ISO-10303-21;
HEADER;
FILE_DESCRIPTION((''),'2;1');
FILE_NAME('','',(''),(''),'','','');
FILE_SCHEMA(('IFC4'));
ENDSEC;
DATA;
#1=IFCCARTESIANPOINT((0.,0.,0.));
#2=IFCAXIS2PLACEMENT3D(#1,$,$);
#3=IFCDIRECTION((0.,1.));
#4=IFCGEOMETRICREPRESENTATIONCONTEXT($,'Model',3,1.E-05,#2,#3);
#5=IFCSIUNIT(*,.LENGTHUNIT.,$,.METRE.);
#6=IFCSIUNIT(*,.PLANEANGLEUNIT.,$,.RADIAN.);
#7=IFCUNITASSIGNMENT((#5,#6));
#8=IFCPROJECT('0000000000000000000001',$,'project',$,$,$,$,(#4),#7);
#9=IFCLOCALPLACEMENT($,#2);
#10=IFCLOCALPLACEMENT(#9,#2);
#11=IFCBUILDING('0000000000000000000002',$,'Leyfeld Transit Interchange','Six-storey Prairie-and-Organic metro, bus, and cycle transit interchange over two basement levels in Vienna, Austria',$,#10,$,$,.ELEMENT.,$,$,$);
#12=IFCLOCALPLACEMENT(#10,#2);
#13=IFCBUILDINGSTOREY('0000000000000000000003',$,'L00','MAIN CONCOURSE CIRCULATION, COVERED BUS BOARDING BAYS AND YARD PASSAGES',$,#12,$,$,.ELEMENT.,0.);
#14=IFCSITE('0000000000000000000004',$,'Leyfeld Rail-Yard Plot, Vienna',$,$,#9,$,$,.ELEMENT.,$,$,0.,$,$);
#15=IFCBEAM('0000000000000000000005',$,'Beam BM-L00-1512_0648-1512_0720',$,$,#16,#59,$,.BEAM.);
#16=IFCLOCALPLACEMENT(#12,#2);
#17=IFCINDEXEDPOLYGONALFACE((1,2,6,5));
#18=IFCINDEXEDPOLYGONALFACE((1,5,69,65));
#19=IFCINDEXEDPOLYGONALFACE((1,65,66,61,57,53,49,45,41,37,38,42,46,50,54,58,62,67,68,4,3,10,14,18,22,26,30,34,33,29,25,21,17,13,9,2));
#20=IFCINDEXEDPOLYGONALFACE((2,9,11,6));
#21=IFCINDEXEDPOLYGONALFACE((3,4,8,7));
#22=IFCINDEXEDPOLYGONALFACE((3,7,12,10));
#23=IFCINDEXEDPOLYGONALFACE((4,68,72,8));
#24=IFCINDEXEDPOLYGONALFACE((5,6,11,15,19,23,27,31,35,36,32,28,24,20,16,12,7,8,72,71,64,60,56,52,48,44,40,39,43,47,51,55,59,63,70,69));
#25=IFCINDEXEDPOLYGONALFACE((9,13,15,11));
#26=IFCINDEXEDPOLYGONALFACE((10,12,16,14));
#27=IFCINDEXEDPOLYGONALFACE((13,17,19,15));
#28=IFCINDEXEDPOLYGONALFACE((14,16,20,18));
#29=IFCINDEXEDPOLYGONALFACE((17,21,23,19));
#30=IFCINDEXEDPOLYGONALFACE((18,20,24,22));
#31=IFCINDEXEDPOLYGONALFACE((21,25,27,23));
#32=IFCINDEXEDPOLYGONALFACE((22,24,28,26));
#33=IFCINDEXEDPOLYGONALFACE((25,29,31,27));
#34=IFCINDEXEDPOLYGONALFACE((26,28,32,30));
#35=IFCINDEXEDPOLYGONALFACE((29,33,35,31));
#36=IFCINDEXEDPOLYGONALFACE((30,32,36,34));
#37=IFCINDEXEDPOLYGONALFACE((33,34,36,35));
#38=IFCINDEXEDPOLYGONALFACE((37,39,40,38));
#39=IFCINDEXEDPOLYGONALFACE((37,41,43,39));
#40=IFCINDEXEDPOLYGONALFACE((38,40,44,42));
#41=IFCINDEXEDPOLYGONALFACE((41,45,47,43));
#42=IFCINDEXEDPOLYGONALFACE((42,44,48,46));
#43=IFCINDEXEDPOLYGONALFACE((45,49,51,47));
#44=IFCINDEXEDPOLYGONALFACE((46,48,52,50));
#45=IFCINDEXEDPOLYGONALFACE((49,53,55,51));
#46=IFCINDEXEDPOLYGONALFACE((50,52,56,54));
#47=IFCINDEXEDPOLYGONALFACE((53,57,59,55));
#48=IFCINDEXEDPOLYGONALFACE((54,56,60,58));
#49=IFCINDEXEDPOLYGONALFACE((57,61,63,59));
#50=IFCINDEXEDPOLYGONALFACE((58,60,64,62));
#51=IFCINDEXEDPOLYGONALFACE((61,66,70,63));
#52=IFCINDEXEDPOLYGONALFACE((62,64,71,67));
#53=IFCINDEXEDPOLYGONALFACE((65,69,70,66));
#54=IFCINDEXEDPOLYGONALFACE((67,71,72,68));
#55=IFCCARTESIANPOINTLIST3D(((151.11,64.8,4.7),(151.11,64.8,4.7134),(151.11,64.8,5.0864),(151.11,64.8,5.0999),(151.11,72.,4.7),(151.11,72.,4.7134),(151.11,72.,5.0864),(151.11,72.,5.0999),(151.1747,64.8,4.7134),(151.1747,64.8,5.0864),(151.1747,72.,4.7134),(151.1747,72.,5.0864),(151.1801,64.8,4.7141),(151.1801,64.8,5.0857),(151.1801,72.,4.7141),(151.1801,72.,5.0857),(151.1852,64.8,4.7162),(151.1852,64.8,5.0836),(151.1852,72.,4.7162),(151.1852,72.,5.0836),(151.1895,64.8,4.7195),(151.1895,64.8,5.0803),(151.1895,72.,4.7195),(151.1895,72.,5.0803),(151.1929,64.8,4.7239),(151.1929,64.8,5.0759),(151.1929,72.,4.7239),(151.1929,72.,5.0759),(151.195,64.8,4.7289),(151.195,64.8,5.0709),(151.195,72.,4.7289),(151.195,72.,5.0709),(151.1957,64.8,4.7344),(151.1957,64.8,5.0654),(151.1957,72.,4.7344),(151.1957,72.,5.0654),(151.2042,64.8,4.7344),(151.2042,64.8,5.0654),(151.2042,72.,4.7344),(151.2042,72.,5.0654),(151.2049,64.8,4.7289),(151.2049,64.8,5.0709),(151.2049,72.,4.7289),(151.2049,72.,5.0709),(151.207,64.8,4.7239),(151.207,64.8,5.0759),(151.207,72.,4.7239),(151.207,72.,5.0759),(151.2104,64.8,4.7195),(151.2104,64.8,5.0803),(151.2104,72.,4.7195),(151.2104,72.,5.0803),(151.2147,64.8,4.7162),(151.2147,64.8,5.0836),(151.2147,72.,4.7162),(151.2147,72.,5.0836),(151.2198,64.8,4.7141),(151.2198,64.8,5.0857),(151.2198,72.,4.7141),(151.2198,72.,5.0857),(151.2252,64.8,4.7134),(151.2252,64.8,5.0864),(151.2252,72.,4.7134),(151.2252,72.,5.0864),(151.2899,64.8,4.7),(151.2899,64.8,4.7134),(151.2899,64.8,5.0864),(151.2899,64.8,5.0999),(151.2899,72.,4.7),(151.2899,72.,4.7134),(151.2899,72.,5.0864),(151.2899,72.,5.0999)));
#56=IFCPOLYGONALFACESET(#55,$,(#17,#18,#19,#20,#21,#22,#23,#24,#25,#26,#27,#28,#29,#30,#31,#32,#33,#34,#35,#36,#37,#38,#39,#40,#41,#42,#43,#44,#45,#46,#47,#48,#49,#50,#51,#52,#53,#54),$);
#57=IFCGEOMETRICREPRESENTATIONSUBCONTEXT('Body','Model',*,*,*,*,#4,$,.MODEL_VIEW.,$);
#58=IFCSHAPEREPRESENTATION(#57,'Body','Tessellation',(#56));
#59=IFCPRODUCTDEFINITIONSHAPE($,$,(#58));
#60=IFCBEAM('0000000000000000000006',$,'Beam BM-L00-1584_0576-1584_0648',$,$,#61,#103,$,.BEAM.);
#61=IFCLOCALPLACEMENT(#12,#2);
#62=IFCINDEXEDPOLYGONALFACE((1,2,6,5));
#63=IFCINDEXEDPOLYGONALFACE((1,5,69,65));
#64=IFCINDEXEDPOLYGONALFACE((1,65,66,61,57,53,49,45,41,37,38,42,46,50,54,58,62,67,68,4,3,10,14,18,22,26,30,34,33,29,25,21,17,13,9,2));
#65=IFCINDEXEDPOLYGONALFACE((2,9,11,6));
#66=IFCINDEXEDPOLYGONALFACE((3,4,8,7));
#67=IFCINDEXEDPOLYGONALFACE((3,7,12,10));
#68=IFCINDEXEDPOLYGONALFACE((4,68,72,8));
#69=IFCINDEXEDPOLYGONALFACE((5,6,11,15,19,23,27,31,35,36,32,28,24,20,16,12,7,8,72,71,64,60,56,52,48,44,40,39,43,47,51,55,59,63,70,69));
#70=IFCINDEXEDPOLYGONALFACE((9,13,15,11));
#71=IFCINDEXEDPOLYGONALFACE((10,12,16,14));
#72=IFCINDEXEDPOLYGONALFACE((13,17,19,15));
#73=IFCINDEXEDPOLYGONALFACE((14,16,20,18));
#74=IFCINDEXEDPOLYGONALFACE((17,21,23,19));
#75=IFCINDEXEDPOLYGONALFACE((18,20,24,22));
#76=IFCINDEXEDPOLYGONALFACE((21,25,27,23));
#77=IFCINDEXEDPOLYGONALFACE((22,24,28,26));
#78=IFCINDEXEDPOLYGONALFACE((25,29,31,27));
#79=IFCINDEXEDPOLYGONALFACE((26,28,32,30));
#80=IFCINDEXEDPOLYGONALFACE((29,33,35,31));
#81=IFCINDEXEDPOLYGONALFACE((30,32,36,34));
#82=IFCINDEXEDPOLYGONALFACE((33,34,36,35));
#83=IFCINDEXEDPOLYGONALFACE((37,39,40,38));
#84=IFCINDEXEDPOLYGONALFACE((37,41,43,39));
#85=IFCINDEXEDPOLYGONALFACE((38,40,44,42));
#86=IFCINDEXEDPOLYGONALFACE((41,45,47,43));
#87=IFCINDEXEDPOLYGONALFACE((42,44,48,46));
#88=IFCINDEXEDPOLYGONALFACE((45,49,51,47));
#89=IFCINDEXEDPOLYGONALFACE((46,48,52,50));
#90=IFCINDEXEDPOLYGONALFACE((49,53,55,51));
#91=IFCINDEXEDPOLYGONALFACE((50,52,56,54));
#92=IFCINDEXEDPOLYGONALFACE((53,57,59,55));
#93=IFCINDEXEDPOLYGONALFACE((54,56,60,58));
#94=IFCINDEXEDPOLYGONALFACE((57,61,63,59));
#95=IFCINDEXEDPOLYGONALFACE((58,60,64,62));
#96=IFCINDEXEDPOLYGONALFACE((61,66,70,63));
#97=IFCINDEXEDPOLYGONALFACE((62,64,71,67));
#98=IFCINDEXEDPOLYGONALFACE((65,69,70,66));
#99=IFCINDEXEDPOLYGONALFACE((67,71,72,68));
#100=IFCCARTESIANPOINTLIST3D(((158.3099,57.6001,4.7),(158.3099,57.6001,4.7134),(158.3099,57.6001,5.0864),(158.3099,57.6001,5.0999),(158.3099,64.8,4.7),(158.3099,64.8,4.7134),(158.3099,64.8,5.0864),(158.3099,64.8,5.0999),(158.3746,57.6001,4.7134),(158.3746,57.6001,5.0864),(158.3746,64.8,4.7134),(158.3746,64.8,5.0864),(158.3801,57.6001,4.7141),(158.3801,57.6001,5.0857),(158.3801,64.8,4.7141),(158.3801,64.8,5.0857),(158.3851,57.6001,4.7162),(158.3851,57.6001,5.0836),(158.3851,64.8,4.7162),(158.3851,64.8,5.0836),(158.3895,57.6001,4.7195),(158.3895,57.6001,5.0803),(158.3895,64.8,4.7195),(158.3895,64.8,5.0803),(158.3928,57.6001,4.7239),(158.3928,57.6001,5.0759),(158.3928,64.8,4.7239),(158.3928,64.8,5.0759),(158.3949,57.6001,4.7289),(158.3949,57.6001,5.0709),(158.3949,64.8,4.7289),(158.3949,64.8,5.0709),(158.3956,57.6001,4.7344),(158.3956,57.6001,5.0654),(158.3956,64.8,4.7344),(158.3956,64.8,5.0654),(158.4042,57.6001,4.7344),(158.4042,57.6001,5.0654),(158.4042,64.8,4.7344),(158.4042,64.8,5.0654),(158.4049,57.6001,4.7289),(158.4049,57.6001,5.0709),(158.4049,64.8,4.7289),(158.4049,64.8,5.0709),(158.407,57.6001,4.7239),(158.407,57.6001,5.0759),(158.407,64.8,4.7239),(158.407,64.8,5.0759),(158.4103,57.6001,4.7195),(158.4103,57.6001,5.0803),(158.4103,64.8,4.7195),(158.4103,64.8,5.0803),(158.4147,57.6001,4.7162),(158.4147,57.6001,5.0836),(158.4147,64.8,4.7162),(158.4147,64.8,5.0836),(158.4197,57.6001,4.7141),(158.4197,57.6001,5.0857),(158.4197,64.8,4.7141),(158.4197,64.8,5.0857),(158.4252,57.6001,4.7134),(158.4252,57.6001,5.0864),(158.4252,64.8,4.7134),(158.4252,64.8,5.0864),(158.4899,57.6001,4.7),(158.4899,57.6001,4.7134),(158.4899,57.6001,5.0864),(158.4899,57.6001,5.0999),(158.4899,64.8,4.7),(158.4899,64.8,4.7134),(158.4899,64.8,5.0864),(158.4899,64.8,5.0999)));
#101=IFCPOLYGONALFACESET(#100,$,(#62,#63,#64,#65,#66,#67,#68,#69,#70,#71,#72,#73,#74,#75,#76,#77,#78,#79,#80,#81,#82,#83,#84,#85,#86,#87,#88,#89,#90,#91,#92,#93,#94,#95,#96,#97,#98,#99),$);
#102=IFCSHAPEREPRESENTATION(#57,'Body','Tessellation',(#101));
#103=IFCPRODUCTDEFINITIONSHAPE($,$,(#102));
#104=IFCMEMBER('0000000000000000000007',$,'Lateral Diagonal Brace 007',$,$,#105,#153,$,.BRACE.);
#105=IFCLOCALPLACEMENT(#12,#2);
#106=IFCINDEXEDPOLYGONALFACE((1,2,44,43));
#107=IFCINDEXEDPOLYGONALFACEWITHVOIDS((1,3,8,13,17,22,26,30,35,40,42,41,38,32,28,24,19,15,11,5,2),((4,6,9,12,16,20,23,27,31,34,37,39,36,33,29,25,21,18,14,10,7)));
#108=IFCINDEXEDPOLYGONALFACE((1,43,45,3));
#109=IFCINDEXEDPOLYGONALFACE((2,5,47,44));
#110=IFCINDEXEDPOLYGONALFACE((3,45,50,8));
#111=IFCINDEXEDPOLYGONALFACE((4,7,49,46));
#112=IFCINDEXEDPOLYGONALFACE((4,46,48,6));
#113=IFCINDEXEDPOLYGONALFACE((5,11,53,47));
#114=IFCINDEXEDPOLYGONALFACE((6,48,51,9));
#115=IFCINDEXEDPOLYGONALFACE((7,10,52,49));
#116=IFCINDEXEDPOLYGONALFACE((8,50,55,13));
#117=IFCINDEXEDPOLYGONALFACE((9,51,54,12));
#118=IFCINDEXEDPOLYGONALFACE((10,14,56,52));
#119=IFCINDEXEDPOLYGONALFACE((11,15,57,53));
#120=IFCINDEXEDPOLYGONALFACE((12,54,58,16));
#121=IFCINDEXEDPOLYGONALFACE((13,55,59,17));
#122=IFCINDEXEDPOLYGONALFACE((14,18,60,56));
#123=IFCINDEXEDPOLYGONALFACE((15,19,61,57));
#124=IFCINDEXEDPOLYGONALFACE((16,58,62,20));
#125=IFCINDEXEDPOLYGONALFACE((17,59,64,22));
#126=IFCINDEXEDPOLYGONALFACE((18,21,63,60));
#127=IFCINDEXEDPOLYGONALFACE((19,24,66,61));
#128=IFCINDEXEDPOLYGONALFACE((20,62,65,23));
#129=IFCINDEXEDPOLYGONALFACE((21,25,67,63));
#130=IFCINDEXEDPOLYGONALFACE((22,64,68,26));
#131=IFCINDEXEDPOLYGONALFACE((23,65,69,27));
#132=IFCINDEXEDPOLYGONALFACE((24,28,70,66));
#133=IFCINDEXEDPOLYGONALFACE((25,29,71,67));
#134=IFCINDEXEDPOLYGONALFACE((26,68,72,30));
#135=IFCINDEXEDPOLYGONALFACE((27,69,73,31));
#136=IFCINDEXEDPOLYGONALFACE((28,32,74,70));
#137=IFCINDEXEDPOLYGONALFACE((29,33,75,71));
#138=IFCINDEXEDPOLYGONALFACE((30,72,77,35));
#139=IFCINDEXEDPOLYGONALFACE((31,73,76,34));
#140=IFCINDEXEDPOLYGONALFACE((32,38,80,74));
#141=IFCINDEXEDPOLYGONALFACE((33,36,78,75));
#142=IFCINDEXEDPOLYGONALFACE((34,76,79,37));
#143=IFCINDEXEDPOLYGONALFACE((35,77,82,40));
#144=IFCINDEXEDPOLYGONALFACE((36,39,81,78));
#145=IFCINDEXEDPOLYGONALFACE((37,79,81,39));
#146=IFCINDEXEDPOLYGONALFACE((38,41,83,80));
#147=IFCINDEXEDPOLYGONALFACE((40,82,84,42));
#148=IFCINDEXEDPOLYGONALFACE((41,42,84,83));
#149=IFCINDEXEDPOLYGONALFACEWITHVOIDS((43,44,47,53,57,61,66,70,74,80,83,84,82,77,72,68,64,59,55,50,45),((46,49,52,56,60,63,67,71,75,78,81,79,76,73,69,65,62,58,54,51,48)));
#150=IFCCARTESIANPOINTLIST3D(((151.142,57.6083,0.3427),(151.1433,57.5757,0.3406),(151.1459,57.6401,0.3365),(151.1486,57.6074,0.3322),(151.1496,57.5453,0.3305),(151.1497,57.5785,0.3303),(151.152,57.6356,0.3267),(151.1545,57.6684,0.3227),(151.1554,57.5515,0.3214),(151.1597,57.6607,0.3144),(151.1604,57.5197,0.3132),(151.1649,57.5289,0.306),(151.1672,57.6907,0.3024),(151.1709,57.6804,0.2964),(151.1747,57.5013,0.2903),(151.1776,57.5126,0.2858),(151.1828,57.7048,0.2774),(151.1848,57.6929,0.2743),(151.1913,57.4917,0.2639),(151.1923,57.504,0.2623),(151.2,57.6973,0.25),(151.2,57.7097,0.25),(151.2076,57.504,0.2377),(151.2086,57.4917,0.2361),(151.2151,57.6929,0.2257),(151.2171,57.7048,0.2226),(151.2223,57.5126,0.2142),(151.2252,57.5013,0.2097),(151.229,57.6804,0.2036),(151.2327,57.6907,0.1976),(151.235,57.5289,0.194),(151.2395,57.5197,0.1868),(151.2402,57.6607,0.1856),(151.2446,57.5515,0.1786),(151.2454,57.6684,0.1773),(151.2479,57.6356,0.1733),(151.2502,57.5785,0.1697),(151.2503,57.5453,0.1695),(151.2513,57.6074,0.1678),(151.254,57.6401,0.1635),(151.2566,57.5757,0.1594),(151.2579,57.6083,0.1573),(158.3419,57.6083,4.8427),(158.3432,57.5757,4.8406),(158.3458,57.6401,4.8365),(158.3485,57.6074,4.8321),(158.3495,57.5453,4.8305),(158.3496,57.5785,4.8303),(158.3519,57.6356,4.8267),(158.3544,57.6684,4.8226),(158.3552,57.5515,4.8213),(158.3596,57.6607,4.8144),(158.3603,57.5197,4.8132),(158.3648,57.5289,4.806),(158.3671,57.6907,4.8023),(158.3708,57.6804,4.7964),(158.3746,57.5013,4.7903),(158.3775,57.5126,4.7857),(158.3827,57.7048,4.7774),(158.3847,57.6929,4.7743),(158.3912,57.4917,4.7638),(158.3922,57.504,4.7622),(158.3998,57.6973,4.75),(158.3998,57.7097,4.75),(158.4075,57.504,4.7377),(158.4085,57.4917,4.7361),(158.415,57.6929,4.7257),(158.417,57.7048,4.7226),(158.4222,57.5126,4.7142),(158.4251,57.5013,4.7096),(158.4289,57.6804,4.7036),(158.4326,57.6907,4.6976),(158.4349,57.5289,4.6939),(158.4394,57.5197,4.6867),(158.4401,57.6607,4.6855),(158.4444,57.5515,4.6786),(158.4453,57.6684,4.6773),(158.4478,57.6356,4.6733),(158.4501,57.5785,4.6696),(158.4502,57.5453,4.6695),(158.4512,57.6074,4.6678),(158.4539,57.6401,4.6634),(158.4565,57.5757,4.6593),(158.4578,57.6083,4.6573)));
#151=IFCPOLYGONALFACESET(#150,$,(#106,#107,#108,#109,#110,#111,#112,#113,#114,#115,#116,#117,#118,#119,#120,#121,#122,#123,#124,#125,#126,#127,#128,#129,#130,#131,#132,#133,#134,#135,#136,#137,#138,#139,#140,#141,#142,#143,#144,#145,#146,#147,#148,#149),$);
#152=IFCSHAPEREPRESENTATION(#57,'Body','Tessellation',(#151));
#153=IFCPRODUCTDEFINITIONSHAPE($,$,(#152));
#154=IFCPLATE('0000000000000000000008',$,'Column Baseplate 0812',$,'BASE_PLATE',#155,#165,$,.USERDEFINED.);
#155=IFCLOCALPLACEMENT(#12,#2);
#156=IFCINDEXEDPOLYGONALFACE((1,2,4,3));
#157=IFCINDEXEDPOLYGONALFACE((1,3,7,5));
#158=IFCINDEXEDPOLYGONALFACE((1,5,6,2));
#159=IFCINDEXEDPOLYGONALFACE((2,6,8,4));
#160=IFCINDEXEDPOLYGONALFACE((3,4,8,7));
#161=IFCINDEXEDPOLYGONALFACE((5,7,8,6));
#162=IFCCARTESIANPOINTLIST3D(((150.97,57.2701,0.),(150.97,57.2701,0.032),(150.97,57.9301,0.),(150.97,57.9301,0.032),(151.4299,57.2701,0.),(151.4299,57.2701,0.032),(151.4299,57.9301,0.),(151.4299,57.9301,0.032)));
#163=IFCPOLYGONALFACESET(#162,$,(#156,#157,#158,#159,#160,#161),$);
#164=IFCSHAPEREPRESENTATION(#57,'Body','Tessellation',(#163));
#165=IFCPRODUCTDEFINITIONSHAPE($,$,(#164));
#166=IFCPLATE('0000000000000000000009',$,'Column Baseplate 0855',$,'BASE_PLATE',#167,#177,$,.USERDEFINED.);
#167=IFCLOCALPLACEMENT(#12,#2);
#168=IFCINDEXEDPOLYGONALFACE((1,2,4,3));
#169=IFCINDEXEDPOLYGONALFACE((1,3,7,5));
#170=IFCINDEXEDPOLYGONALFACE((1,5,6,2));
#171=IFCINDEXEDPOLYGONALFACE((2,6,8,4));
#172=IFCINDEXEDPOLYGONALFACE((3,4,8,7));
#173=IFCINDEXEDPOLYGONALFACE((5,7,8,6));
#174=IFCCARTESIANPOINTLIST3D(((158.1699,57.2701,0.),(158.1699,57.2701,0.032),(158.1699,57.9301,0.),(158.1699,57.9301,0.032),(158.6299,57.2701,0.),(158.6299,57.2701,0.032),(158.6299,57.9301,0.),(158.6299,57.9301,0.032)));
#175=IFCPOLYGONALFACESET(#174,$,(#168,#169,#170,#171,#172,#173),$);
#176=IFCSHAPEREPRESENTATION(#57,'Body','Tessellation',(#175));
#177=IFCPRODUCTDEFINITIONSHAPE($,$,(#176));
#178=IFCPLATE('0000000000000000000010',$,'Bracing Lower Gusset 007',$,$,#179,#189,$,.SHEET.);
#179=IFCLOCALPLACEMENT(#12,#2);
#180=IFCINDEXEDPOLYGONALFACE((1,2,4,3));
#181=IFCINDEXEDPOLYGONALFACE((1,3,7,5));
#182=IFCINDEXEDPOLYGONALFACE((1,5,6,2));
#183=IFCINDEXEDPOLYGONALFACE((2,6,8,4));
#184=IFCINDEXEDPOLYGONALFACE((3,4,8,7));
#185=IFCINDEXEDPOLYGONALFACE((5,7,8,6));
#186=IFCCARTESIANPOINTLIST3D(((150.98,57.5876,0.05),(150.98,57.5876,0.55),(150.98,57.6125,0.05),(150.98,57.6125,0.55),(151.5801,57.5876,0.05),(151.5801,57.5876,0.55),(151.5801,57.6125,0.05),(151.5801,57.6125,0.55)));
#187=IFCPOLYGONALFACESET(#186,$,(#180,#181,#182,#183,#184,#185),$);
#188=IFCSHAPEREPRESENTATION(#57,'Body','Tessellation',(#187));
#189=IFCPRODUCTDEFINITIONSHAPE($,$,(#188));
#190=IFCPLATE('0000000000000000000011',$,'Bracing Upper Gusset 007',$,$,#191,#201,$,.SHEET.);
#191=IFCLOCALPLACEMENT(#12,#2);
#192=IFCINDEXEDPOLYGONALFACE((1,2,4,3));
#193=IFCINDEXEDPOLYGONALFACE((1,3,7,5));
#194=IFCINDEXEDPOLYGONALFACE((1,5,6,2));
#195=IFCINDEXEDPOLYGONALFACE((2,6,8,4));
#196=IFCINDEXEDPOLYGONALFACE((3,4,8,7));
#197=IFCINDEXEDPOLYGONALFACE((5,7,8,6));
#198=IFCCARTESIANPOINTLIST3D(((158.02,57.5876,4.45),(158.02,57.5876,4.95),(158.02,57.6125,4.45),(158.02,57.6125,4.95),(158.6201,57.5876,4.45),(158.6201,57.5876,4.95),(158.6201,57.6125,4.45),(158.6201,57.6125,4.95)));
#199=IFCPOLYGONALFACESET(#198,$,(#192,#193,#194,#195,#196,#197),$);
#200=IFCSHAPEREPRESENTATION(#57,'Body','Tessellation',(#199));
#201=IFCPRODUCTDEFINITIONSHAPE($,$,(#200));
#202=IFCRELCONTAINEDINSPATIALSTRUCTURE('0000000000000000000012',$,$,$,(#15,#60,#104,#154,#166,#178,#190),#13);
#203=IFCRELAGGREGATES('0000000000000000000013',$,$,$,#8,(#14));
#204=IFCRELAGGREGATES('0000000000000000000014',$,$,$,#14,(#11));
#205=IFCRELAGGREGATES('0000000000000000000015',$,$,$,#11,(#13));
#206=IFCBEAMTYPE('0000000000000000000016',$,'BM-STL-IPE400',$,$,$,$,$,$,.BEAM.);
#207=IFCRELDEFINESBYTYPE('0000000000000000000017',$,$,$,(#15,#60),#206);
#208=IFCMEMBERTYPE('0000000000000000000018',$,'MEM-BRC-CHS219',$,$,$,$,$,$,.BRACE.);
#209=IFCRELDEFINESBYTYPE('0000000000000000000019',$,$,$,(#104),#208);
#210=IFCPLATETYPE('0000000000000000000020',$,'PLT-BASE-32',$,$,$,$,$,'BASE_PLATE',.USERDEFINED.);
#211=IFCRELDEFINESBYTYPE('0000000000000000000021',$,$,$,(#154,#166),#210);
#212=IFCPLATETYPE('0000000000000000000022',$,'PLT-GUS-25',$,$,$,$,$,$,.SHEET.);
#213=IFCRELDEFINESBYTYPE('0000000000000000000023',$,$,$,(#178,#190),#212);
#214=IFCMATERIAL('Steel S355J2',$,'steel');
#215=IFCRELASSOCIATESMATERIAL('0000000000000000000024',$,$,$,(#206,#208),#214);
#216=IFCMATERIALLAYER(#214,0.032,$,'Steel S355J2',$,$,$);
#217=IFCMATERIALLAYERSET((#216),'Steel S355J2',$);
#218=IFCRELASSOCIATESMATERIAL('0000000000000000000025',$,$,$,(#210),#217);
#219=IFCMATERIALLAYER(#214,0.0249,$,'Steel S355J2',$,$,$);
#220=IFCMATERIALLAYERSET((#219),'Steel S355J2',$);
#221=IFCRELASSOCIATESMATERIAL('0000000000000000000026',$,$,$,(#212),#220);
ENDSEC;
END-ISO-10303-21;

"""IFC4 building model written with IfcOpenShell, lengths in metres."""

from ifc_helpers import new_model, si_unit, direction, frame, origin, origin_2d, place, context, subcontext, project, spatial, rectangle, hollow_circle, i_section, extrude, material, layer, layer_set, material_profile, profile_set, type_object, element, save


model = new_model("IFC4")

# Units and contexts
model_context = context("Model", 3, precision=1e-05, world=origin(), true_north=direction((0.0, 1.0)))
body_context = subcontext(model_context, "Body", "Model", "MODEL_VIEW")
ifc_project = project(units=[si_unit("LENGTHUNIT", "METRE"), si_unit("PLANEANGLEUNIT", "RADIAN")], contexts=[model_context])

# Site, building, storey
site_placement = place(None, origin())
site = spatial("IfcSite", under=ifc_project, at=site_placement, Name="Leyfeld Rail-Yard Plot, Vienna", CompositionType="ELEMENT", RefElevation=0.0)
building_placement = place(site_placement, origin())
building = spatial("IfcBuilding", under=site, at=building_placement, Name="Leyfeld Transit Interchange", Description="Six-storey Prairie-and-Organic metro, bus, and cycle transit interchange over two basement levels in Vienna, Austria", CompositionType="ELEMENT")
storey_placement = place(building_placement, origin())
storey = spatial("IfcBuildingStorey", under=building, at=storey_placement, Name="L00", Description="MAIN CONCOURSE CIRCULATION, COVERED BUS BOARDING BAYS AND YARD PASSAGES", CompositionType="ELEMENT", Elevation=0.0)

# Shared definitions
ifc_material_1 = material(Name="Steel S355J2", Category="steel")

# Beams
ifc_material_profile_1 = material_profile(ifc_material_1, i_section(OverallWidth=0.1799, OverallDepth=0.3999, WebThickness=0.0085, FlangeThickness=0.0134, FilletRadius=0.021, at=origin_2d()), Name="IPE 400")
ifc_profile_set_1 = profile_set([ifc_material_profile_1], Name="Steel S355J2")
beam_type_1 = type_object("IfcBeamType", Name="BM-STL-IPE400", PredefinedType="BEAM", material=ifc_profile_set_1)
for number, where, z_axis, x_axis, name in (
    (1, (151.2, 64.8, 4.8999), (0.0, 1.0, 0.0), (-1.0, 0.0, 0.0), "Beam BM-L00-1512_0648-1512_0720"),
    (2, (158.3999, 57.6001, 4.8999), (0.0, 1.0, 0.0), (-1.0, 0.0, 0.0), "Beam BM-L00-1584_0576-1584_0648"),
):
    element("IfcBeam", number, at=place(storey_placement, frame(where, z_axis=z_axis, x_axis=x_axis)), inside=storey, type_object=beam_type_1, Name=name, PredefinedType="BEAM", context=body_context, shape_type="SweptSolid", body=[
        extrude(i_section(OverallWidth=0.1799, OverallDepth=0.3999, WebThickness=0.0085, FlangeThickness=0.0134, FilletRadius=0.021, at=origin_2d()), origin(), (0.0, 0.0, 1.0), 7.2),
    ])

# Member
ifc_material_profile_2 = material_profile(ifc_material_1, hollow_circle(Radius=0.1096, WallThickness=0.0125, at=origin_2d()), Name="CHS 219.1x12.5")
ifc_profile_set_2 = profile_set([ifc_material_profile_2], Name="Steel S355J2")
member_type = type_object("IfcMemberType", Name="MEM-BRC-CHS219", PredefinedType="BRACE", material=ifc_profile_set_2)
member_placement = place(storey_placement, frame((151.2, 57.6001, 0.25), z_axis=(0.847997, 0.0, 0.530002), x_axis=(0.0, 1.0, 0.0)))
element("IfcMember", 3, at=member_placement, inside=storey, type_object=member_type, Name="Lateral Diagonal Brace 007", PredefinedType="BRACE", context=body_context, shape_type="SweptSolid", body=[
    extrude(hollow_circle(Radius=0.1096, WallThickness=0.0125, at=origin_2d()), origin(), (0.0, 0.0, 1.0), 8.4905),
])

# Plates
ifc_layer_1 = layer(ifc_material_1, 0.032, Name="Steel S355J2")
ifc_layer_set_1 = layer_set([ifc_layer_1], Name="Steel S355J2")
plate_type_1 = type_object("IfcPlateType", Name="PLT-BASE-32", ElementType="BASE_PLATE", PredefinedType="USERDEFINED", material=ifc_layer_set_1)
for number, where, z_axis, x_axis, name in (
    (4, (151.2, 57.6001, 0.0), (0.0, 0.0, 1.0), (1.0, 0.0, 0.0), "Column Baseplate 0812"),
    (5, (158.3999, 57.6001, 0.0), (0.0, 0.0, 1.0), (1.0, 0.0, 0.0), "Column Baseplate 0855"),
):
    element("IfcPlate", number, at=place(storey_placement, frame(where, z_axis=z_axis, x_axis=x_axis)), inside=storey, type_object=plate_type_1, Name=name, ObjectType="BASE_PLATE", PredefinedType="USERDEFINED", context=body_context, shape_type="SweptSolid", body=[
        extrude(rectangle(XDim=0.46, YDim=0.6599, at=origin_2d()), origin(), (0.0, 0.0, 1.0), 0.032),
    ])
ifc_layer_2 = layer(ifc_material_1, 0.0249, Name="Steel S355J2")
ifc_layer_set_2 = layer_set([ifc_layer_2], Name="Steel S355J2")
plate_type_2 = type_object("IfcPlateType", Name="PLT-GUS-25", PredefinedType="SHEET", material=ifc_layer_set_2)
for number, where, z_axis, x_axis, name in (
    (6, (151.28, 57.6001, 0.05), (0.0, 0.0, 1.0), (1.0, 0.0, 0.0), "Bracing Lower Gusset 007"),
    (7, (158.3201, 57.6001, 4.45), (0.0, 0.0, 1.0), (1.0, 0.0, 0.0), "Bracing Upper Gusset 007"),
):
    element("IfcPlate", number, at=place(storey_placement, frame(where, z_axis=z_axis, x_axis=x_axis)), inside=storey, type_object=plate_type_2, Name=name, PredefinedType="SHEET", context=body_context, shape_type="SweptSolid", body=[
        extrude(rectangle(XDim=0.6001, YDim=0.0249, at=origin_2d()), origin(), (0.0, 0.0, 1.0), 0.5),
    ])

save(model, "model.ifc")
